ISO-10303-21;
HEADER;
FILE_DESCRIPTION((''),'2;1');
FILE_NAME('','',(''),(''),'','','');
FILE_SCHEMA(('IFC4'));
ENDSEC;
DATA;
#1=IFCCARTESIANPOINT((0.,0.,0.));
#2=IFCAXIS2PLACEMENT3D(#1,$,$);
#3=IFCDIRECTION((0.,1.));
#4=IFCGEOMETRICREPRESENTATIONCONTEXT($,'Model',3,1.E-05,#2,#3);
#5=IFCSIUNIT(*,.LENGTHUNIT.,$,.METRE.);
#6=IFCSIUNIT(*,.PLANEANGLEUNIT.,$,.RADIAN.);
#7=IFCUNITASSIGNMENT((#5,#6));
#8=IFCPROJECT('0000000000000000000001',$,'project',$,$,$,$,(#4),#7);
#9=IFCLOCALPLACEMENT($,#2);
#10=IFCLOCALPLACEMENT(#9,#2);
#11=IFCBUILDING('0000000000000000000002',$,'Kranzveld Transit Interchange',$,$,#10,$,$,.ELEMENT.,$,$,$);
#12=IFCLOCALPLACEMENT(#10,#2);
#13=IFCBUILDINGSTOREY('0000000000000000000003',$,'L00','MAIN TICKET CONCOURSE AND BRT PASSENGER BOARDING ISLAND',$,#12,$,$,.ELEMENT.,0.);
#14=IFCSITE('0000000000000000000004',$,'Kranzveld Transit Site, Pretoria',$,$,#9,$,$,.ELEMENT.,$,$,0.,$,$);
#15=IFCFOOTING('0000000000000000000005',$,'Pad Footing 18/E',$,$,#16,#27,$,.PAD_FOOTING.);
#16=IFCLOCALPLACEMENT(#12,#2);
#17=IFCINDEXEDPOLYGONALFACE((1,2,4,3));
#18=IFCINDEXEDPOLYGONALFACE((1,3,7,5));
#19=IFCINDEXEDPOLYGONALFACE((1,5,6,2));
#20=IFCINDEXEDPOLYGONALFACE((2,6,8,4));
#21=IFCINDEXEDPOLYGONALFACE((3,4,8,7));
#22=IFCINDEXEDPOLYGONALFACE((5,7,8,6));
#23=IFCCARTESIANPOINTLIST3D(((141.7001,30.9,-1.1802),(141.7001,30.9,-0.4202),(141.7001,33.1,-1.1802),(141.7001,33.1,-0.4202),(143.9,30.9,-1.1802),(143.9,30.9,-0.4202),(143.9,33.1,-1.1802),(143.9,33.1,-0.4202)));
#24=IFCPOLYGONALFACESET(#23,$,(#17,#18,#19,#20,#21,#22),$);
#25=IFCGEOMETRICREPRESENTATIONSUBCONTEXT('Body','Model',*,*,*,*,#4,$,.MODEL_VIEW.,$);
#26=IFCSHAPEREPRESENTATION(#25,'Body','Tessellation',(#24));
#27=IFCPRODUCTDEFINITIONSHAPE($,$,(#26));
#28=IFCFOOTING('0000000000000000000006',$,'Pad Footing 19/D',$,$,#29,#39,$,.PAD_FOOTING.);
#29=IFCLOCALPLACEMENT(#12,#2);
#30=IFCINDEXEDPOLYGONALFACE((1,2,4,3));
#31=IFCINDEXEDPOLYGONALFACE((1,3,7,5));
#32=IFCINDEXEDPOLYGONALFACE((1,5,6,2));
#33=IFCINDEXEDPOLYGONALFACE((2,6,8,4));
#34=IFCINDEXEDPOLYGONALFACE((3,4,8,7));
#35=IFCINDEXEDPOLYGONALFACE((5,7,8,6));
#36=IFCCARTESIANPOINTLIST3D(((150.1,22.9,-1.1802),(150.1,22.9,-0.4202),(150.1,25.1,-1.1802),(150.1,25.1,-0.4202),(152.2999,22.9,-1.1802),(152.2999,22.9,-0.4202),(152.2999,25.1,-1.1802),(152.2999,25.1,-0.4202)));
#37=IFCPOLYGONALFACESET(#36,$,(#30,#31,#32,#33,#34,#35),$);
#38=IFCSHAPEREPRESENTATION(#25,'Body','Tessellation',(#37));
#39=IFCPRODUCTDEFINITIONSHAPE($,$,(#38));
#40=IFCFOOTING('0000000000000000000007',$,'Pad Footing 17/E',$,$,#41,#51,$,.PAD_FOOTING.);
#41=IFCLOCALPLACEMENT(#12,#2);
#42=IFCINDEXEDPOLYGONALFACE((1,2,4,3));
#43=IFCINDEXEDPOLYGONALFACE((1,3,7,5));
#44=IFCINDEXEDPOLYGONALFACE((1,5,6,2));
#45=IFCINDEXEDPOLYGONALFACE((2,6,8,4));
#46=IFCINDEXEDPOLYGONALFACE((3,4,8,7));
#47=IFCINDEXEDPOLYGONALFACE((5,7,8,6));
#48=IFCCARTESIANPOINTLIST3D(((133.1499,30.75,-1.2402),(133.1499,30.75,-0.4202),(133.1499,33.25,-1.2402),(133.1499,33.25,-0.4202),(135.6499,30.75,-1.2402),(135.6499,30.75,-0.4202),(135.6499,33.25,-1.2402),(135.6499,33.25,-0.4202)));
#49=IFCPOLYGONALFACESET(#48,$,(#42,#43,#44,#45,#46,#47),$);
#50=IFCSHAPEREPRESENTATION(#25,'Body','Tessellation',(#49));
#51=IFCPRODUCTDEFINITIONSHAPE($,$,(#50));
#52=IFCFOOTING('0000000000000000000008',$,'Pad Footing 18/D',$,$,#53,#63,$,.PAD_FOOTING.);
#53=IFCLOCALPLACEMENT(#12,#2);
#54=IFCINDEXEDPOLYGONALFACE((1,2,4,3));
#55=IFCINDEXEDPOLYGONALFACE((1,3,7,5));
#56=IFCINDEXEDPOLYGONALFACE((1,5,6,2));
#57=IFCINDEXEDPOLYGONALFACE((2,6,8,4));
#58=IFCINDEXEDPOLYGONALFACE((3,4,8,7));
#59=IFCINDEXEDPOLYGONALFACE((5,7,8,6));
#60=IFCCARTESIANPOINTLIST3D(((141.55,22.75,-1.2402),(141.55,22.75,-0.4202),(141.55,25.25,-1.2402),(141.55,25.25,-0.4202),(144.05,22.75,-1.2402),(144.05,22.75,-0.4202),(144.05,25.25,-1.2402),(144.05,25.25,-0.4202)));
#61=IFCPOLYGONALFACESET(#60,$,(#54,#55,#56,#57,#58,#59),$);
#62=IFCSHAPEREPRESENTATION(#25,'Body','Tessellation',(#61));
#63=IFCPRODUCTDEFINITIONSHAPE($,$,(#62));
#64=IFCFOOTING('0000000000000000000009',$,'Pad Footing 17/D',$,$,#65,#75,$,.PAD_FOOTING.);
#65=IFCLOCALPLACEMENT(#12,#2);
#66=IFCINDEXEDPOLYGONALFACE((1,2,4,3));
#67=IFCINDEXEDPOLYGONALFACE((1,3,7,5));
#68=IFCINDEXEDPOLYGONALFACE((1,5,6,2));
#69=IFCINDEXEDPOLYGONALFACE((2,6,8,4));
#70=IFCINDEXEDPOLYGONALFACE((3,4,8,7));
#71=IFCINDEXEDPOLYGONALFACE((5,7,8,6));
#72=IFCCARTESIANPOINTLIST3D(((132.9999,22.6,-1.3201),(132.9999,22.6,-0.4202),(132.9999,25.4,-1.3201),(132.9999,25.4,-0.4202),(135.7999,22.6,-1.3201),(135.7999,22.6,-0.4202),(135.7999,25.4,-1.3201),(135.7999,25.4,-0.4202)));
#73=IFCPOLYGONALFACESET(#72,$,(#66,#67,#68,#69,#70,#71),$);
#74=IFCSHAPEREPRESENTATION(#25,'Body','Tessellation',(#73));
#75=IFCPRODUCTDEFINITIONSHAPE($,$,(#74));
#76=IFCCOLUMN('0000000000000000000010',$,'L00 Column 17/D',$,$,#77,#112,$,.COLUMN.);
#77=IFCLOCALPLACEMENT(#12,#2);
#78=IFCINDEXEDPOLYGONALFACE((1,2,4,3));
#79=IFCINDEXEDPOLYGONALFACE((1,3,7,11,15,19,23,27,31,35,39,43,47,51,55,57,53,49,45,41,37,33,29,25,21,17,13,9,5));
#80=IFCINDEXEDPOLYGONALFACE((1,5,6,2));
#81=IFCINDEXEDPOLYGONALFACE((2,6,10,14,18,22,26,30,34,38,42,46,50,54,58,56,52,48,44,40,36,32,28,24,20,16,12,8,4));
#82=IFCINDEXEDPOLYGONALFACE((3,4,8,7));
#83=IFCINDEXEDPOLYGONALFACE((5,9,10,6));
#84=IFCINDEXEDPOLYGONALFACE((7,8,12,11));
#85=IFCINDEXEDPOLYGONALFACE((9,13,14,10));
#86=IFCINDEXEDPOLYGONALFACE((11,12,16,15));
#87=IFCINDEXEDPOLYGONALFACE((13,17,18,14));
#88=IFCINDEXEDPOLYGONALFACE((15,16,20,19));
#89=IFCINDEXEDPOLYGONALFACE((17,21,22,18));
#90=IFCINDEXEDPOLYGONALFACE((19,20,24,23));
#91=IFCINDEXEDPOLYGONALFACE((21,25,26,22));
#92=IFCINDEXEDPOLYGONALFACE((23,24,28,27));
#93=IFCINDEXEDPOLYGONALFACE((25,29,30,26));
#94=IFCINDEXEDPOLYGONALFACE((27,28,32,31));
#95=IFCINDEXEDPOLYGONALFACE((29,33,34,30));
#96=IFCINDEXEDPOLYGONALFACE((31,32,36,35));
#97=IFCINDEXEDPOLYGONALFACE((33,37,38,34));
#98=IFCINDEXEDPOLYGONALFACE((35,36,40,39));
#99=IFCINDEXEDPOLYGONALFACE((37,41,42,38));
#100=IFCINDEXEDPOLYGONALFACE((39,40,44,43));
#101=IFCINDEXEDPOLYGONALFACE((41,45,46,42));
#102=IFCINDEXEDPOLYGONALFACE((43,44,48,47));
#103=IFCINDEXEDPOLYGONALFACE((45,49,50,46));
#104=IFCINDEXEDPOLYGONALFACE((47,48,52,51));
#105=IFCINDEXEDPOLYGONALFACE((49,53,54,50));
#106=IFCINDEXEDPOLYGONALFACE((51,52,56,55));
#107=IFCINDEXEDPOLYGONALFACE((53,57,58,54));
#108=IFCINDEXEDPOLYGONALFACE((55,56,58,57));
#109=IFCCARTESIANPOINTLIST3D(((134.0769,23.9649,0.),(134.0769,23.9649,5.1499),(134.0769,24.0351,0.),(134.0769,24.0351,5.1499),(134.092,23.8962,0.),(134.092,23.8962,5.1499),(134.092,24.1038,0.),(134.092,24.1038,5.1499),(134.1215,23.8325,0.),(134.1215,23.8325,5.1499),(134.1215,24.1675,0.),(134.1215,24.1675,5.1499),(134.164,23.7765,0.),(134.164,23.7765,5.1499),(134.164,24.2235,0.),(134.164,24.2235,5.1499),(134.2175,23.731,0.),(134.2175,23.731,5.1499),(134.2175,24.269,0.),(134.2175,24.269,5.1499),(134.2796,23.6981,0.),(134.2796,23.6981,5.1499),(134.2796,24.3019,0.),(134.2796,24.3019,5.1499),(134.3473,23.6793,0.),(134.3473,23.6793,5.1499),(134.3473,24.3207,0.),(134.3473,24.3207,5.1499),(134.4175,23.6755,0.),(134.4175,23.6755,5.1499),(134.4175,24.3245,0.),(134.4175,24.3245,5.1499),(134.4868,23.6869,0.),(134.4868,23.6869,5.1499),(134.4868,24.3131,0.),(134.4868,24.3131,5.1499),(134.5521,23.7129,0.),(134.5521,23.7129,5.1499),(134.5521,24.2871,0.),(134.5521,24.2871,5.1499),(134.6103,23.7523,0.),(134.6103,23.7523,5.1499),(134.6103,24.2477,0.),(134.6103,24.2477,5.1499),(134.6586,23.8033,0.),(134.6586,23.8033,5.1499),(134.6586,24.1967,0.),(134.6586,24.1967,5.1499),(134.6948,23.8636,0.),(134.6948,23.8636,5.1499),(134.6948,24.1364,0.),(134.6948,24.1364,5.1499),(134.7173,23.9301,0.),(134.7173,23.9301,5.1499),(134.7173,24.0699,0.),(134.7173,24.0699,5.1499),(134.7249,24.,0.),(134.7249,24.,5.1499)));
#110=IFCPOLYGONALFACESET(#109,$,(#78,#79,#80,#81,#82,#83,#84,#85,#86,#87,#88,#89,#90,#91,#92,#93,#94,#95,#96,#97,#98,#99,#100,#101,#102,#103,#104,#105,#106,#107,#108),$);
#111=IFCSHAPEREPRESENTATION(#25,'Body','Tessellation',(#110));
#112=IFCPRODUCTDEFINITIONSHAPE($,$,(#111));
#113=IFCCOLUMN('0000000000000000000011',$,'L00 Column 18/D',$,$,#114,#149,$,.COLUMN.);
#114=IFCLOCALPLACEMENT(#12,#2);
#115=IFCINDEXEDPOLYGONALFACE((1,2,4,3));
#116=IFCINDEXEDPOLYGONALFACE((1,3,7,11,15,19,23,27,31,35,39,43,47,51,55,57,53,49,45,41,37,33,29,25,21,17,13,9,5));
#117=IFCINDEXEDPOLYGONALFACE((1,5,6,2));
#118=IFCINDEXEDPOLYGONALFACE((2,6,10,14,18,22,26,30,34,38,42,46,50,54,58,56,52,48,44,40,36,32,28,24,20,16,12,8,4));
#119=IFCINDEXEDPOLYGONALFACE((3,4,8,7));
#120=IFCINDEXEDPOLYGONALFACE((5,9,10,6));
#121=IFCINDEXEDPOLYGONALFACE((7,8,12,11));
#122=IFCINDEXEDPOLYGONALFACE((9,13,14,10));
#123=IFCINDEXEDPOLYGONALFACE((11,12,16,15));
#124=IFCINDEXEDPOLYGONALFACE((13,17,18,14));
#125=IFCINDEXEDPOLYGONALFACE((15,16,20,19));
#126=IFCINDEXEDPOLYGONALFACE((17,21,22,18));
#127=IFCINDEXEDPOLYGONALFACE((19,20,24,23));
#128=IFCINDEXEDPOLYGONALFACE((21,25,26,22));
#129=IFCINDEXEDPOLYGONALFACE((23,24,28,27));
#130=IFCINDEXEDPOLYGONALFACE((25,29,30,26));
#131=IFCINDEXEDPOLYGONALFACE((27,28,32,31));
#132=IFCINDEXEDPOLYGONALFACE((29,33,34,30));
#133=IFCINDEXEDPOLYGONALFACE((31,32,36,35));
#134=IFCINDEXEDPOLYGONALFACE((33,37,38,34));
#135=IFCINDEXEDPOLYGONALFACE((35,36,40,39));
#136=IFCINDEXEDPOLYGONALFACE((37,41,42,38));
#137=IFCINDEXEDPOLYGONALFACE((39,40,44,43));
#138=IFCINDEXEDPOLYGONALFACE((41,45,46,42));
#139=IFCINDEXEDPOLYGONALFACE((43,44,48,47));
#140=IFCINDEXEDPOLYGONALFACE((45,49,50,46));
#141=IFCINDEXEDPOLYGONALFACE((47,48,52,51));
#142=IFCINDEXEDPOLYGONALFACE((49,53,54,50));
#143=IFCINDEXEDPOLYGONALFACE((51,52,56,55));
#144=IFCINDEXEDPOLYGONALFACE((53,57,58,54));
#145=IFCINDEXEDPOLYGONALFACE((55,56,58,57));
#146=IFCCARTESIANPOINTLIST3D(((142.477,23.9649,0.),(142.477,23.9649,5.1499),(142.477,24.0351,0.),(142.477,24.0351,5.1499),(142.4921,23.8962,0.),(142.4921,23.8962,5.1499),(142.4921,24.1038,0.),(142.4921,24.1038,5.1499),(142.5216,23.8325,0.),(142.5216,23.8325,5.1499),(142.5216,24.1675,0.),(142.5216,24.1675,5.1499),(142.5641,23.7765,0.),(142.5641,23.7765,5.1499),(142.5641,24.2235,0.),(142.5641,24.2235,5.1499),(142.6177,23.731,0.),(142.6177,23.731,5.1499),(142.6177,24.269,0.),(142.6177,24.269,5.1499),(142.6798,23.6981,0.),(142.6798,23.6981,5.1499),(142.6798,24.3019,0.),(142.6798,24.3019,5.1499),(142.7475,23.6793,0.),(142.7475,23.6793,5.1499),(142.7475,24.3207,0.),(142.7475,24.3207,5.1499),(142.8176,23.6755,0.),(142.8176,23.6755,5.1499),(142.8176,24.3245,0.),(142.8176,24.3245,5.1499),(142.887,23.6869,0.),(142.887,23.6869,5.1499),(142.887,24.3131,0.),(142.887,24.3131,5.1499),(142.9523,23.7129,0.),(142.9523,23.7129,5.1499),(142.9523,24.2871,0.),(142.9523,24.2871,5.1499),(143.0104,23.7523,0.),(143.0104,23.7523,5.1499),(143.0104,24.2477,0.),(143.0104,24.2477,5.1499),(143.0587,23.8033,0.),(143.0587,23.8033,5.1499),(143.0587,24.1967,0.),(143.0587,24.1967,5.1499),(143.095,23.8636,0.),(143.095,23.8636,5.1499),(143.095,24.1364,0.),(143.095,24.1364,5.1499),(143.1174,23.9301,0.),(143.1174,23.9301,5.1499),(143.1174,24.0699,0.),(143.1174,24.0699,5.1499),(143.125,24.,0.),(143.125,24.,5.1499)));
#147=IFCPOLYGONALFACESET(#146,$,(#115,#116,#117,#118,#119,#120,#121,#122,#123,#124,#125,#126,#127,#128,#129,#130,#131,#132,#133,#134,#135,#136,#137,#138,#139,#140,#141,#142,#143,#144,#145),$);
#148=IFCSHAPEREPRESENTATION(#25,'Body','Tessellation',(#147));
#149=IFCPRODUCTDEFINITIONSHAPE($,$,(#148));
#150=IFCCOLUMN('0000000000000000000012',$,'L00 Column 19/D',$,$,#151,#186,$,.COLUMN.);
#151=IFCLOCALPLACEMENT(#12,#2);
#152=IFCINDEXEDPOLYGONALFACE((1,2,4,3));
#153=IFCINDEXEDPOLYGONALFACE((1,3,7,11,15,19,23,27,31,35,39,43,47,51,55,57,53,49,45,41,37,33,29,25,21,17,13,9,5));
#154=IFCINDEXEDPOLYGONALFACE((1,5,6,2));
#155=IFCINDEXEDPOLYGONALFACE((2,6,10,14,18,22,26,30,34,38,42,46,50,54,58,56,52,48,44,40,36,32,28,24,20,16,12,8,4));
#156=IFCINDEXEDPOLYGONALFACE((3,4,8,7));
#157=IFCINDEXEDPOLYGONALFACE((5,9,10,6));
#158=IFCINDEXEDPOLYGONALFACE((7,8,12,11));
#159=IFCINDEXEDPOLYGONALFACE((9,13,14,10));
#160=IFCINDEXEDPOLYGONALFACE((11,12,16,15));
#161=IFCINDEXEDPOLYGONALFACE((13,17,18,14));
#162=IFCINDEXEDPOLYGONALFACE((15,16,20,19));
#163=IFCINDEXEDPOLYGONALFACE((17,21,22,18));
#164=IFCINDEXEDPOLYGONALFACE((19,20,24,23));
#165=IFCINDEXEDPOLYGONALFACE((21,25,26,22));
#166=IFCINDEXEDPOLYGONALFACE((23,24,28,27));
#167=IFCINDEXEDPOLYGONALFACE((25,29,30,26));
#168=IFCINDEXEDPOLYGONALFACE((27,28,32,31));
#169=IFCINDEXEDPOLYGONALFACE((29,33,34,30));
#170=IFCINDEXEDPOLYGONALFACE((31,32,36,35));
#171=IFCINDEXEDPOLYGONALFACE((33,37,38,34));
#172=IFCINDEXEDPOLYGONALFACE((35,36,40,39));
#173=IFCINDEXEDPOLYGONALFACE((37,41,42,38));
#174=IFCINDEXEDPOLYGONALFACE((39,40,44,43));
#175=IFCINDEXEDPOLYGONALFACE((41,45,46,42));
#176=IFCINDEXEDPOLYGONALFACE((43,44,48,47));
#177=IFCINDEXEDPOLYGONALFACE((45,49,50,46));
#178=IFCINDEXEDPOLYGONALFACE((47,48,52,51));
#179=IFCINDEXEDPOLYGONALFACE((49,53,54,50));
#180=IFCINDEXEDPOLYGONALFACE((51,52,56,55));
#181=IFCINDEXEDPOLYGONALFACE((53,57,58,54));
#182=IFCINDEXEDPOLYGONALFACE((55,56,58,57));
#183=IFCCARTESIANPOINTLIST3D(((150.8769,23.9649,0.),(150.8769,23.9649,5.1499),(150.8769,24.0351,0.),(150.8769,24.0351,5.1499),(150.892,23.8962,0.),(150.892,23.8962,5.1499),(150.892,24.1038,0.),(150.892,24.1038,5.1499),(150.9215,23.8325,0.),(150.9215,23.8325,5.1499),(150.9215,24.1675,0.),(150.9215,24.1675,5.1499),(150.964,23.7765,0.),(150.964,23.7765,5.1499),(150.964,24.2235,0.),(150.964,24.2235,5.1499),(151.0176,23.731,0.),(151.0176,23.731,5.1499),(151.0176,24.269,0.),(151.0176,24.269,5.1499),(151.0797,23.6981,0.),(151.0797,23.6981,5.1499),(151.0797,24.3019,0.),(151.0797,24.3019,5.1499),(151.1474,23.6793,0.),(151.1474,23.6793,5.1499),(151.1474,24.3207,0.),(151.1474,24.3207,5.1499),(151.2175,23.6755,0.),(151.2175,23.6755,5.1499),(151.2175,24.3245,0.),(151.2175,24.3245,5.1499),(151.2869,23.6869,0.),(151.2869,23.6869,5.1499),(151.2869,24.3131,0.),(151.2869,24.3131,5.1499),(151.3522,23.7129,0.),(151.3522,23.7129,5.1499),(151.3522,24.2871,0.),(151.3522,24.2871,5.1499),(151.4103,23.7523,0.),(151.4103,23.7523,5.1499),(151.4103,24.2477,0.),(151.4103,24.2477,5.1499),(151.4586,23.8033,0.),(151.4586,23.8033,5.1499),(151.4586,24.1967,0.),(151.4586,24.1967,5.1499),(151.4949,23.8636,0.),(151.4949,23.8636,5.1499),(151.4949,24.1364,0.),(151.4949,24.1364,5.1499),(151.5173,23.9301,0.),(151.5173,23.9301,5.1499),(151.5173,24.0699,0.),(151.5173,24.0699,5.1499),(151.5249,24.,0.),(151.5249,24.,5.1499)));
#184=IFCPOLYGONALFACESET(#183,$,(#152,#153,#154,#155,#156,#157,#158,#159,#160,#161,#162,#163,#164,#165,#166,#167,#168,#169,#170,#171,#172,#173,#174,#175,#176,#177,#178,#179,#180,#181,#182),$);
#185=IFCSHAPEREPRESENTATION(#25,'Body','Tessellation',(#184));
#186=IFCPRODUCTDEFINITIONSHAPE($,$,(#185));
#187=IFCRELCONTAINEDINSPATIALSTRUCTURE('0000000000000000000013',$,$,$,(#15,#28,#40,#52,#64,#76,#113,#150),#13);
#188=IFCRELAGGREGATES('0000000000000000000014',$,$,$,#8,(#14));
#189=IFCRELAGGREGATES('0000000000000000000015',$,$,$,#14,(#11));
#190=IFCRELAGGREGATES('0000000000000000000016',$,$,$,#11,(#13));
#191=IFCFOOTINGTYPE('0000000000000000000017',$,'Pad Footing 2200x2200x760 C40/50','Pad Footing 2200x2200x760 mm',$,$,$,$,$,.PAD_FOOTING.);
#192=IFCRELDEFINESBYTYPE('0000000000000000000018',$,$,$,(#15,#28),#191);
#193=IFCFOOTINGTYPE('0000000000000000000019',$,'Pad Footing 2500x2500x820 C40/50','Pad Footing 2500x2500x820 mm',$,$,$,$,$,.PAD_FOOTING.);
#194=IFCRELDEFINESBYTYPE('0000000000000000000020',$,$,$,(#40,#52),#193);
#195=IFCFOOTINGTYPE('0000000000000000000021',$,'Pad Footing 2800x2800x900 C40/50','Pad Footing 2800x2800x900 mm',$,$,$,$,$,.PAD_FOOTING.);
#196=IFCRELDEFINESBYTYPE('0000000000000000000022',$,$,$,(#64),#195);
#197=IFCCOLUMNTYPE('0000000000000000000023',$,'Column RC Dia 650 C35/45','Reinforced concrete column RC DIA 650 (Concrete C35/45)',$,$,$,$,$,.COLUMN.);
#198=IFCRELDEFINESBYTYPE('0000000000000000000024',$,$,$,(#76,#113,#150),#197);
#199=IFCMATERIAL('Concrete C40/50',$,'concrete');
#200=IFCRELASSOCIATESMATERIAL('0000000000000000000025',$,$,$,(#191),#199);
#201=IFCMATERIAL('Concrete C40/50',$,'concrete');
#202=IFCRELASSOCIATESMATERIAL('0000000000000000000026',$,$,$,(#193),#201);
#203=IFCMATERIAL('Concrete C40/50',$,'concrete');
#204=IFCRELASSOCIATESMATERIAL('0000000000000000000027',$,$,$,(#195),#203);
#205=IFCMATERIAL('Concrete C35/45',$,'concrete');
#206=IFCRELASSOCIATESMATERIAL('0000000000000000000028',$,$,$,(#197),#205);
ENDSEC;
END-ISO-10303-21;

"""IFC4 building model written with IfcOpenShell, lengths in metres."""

from ifc_helpers import new_model, si_unit, direction, frame, origin, origin_2d, place, context, subcontext, project, spatial, rectangle, circle, extrude, material, material_profile, profile_set, type_object, element, save


model = new_model("IFC4")

# Units and contexts
model_context = context("Model", 3, precision=1e-05, world=origin(), true_north=direction((0.0, 1.0)))
body_context = subcontext(model_context, "Body", "Model", "MODEL_VIEW")
ifc_project = project(units=[si_unit("LENGTHUNIT", "METRE"), si_unit("PLANEANGLEUNIT", "RADIAN")], contexts=[model_context])

# Site, building, storey
site_placement = place(None, origin())
site = spatial("IfcSite", under=ifc_project, at=site_placement, Name="Kranzveld Transit Site, Pretoria", CompositionType="ELEMENT", RefElevation=0.0)
building_placement = place(site_placement, origin())
building = spatial("IfcBuilding", under=site, at=building_placement, Name="Kranzveld Transit Interchange", CompositionType="ELEMENT")
storey_placement = place(building_placement, origin())
storey = spatial("IfcBuildingStorey", under=building, at=storey_placement, Name="L00", Description="MAIN TICKET CONCOURSE AND BRT PASSENGER BOARDING ISLAND", CompositionType="ELEMENT", Elevation=0.0)

# Footings
ifc_material_1 = material(Name="Concrete C40/50", Category="concrete")
footing_type_1 = type_object("IfcFootingType", Name="Pad Footing 2200x2200x760 C40/50", Description="Pad Footing 2200x2200x760 mm", PredefinedType="PAD_FOOTING", material=ifc_material_1)
for number, where, z_axis, x_axis, name in (
    (1, (142.8, 32.0, -1.1802), (0.0, 0.0, 1.0), (1.0, 0.0, 0.0), "Pad Footing 18/E"),
    (2, (151.2, 24.0, -1.1802), (0.0, 0.0, 1.0), (1.0, 0.0, 0.0), "Pad Footing 19/D"),
):
    element("IfcFooting", number, at=place(storey_placement, frame(where, z_axis=z_axis, x_axis=x_axis)), inside=storey, type_object=footing_type_1, Name=name, PredefinedType="PAD_FOOTING", context=body_context, shape_type="SweptSolid", body=[
        extrude(rectangle(XDim=2.2, YDim=2.2, at=origin_2d()), origin(), (0.0, 0.0, 1.0), 0.76),
    ])
ifc_material_2 = material(Name="Concrete C40/50", Category="concrete")
footing_type_2 = type_object("IfcFootingType", Name="Pad Footing 2500x2500x820 C40/50", Description="Pad Footing 2500x2500x820 mm", PredefinedType="PAD_FOOTING", material=ifc_material_2)
for number, where, z_axis, x_axis, name in (
    (3, (134.3999, 32.0, -1.2402), (0.0, 0.0, 1.0), (1.0, 0.0, 0.0), "Pad Footing 17/E"),
    (4, (142.8, 24.0, -1.2402), (0.0, 0.0, 1.0), (1.0, 0.0, 0.0), "Pad Footing 18/D"),
):
    element("IfcFooting", number, at=place(storey_placement, frame(where, z_axis=z_axis, x_axis=x_axis)), inside=storey, type_object=footing_type_2, Name=name, PredefinedType="PAD_FOOTING", context=body_context, shape_type="SweptSolid", body=[
        extrude(rectangle(XDim=2.5, YDim=2.5, at=origin_2d()), origin(), (0.0, 0.0, 1.0), 0.8201),
    ])
ifc_material_3 = material(Name="Concrete C40/50", Category="concrete")
footing_type_3 = type_object("IfcFootingType", Name="Pad Footing 2800x2800x900 C40/50", Description="Pad Footing 2800x2800x900 mm", PredefinedType="PAD_FOOTING", material=ifc_material_3)
footing_placement = place(storey_placement, frame((134.3999, 24.0, -1.3201), z_axis=(0.0, 0.0, 1.0), x_axis=(1.0, 0.0, 0.0)))
element("IfcFooting", 5, at=footing_placement, inside=storey, type_object=footing_type_3, Name="Pad Footing 17/D", PredefinedType="PAD_FOOTING", context=body_context, shape_type="SweptSolid", body=[
    extrude(rectangle(XDim=2.8, YDim=2.8, at=origin_2d()), origin(), (0.0, 0.0, 1.0), 0.8999),
])

# Columns
ifc_material_4 = material(Name="Concrete C35/45", Category="concrete")
ifc_material_profile_1 = material_profile(ifc_material_4, circle(Radius=0.325, at=origin_2d()), Name="RC DIA 650")
ifc_profile_set_1 = profile_set([ifc_material_profile_1], Name="Concrete C35/45")
column_type_1 = type_object("IfcColumnType", Name="Column RC Dia 650 C35/45", Description="Reinforced concrete column RC DIA 650 (Concrete C35/45)", PredefinedType="COLUMN", material=ifc_profile_set_1)
for number, where, z_axis, x_axis, name in (
    (6, (134.3999, 24.0, 0.0), (0.0, 0.0, 1.0), (1.0, 0.0, 0.0), "L00 Column 17/D"),
    (7, (142.8, 24.0, 0.0), (0.0, 0.0, 1.0), (1.0, 0.0, 0.0), "L00 Column 18/D"),
    (8, (151.2, 24.0, 0.0), (0.0, 0.0, 1.0), (1.0, 0.0, 0.0), "L00 Column 19/D"),
):
    element("IfcColumn", number, at=place(storey_placement, frame(where, z_axis=z_axis, x_axis=x_axis)), inside=storey, type_object=column_type_1, Name=name, PredefinedType="COLUMN", context=body_context, shape_type="SweptSolid", body=[
        extrude(circle(Radius=0.325, at=origin_2d()), origin(), (0.0, 0.0, 1.0), 5.1499),
    ])

save(model, "model.ifc")
